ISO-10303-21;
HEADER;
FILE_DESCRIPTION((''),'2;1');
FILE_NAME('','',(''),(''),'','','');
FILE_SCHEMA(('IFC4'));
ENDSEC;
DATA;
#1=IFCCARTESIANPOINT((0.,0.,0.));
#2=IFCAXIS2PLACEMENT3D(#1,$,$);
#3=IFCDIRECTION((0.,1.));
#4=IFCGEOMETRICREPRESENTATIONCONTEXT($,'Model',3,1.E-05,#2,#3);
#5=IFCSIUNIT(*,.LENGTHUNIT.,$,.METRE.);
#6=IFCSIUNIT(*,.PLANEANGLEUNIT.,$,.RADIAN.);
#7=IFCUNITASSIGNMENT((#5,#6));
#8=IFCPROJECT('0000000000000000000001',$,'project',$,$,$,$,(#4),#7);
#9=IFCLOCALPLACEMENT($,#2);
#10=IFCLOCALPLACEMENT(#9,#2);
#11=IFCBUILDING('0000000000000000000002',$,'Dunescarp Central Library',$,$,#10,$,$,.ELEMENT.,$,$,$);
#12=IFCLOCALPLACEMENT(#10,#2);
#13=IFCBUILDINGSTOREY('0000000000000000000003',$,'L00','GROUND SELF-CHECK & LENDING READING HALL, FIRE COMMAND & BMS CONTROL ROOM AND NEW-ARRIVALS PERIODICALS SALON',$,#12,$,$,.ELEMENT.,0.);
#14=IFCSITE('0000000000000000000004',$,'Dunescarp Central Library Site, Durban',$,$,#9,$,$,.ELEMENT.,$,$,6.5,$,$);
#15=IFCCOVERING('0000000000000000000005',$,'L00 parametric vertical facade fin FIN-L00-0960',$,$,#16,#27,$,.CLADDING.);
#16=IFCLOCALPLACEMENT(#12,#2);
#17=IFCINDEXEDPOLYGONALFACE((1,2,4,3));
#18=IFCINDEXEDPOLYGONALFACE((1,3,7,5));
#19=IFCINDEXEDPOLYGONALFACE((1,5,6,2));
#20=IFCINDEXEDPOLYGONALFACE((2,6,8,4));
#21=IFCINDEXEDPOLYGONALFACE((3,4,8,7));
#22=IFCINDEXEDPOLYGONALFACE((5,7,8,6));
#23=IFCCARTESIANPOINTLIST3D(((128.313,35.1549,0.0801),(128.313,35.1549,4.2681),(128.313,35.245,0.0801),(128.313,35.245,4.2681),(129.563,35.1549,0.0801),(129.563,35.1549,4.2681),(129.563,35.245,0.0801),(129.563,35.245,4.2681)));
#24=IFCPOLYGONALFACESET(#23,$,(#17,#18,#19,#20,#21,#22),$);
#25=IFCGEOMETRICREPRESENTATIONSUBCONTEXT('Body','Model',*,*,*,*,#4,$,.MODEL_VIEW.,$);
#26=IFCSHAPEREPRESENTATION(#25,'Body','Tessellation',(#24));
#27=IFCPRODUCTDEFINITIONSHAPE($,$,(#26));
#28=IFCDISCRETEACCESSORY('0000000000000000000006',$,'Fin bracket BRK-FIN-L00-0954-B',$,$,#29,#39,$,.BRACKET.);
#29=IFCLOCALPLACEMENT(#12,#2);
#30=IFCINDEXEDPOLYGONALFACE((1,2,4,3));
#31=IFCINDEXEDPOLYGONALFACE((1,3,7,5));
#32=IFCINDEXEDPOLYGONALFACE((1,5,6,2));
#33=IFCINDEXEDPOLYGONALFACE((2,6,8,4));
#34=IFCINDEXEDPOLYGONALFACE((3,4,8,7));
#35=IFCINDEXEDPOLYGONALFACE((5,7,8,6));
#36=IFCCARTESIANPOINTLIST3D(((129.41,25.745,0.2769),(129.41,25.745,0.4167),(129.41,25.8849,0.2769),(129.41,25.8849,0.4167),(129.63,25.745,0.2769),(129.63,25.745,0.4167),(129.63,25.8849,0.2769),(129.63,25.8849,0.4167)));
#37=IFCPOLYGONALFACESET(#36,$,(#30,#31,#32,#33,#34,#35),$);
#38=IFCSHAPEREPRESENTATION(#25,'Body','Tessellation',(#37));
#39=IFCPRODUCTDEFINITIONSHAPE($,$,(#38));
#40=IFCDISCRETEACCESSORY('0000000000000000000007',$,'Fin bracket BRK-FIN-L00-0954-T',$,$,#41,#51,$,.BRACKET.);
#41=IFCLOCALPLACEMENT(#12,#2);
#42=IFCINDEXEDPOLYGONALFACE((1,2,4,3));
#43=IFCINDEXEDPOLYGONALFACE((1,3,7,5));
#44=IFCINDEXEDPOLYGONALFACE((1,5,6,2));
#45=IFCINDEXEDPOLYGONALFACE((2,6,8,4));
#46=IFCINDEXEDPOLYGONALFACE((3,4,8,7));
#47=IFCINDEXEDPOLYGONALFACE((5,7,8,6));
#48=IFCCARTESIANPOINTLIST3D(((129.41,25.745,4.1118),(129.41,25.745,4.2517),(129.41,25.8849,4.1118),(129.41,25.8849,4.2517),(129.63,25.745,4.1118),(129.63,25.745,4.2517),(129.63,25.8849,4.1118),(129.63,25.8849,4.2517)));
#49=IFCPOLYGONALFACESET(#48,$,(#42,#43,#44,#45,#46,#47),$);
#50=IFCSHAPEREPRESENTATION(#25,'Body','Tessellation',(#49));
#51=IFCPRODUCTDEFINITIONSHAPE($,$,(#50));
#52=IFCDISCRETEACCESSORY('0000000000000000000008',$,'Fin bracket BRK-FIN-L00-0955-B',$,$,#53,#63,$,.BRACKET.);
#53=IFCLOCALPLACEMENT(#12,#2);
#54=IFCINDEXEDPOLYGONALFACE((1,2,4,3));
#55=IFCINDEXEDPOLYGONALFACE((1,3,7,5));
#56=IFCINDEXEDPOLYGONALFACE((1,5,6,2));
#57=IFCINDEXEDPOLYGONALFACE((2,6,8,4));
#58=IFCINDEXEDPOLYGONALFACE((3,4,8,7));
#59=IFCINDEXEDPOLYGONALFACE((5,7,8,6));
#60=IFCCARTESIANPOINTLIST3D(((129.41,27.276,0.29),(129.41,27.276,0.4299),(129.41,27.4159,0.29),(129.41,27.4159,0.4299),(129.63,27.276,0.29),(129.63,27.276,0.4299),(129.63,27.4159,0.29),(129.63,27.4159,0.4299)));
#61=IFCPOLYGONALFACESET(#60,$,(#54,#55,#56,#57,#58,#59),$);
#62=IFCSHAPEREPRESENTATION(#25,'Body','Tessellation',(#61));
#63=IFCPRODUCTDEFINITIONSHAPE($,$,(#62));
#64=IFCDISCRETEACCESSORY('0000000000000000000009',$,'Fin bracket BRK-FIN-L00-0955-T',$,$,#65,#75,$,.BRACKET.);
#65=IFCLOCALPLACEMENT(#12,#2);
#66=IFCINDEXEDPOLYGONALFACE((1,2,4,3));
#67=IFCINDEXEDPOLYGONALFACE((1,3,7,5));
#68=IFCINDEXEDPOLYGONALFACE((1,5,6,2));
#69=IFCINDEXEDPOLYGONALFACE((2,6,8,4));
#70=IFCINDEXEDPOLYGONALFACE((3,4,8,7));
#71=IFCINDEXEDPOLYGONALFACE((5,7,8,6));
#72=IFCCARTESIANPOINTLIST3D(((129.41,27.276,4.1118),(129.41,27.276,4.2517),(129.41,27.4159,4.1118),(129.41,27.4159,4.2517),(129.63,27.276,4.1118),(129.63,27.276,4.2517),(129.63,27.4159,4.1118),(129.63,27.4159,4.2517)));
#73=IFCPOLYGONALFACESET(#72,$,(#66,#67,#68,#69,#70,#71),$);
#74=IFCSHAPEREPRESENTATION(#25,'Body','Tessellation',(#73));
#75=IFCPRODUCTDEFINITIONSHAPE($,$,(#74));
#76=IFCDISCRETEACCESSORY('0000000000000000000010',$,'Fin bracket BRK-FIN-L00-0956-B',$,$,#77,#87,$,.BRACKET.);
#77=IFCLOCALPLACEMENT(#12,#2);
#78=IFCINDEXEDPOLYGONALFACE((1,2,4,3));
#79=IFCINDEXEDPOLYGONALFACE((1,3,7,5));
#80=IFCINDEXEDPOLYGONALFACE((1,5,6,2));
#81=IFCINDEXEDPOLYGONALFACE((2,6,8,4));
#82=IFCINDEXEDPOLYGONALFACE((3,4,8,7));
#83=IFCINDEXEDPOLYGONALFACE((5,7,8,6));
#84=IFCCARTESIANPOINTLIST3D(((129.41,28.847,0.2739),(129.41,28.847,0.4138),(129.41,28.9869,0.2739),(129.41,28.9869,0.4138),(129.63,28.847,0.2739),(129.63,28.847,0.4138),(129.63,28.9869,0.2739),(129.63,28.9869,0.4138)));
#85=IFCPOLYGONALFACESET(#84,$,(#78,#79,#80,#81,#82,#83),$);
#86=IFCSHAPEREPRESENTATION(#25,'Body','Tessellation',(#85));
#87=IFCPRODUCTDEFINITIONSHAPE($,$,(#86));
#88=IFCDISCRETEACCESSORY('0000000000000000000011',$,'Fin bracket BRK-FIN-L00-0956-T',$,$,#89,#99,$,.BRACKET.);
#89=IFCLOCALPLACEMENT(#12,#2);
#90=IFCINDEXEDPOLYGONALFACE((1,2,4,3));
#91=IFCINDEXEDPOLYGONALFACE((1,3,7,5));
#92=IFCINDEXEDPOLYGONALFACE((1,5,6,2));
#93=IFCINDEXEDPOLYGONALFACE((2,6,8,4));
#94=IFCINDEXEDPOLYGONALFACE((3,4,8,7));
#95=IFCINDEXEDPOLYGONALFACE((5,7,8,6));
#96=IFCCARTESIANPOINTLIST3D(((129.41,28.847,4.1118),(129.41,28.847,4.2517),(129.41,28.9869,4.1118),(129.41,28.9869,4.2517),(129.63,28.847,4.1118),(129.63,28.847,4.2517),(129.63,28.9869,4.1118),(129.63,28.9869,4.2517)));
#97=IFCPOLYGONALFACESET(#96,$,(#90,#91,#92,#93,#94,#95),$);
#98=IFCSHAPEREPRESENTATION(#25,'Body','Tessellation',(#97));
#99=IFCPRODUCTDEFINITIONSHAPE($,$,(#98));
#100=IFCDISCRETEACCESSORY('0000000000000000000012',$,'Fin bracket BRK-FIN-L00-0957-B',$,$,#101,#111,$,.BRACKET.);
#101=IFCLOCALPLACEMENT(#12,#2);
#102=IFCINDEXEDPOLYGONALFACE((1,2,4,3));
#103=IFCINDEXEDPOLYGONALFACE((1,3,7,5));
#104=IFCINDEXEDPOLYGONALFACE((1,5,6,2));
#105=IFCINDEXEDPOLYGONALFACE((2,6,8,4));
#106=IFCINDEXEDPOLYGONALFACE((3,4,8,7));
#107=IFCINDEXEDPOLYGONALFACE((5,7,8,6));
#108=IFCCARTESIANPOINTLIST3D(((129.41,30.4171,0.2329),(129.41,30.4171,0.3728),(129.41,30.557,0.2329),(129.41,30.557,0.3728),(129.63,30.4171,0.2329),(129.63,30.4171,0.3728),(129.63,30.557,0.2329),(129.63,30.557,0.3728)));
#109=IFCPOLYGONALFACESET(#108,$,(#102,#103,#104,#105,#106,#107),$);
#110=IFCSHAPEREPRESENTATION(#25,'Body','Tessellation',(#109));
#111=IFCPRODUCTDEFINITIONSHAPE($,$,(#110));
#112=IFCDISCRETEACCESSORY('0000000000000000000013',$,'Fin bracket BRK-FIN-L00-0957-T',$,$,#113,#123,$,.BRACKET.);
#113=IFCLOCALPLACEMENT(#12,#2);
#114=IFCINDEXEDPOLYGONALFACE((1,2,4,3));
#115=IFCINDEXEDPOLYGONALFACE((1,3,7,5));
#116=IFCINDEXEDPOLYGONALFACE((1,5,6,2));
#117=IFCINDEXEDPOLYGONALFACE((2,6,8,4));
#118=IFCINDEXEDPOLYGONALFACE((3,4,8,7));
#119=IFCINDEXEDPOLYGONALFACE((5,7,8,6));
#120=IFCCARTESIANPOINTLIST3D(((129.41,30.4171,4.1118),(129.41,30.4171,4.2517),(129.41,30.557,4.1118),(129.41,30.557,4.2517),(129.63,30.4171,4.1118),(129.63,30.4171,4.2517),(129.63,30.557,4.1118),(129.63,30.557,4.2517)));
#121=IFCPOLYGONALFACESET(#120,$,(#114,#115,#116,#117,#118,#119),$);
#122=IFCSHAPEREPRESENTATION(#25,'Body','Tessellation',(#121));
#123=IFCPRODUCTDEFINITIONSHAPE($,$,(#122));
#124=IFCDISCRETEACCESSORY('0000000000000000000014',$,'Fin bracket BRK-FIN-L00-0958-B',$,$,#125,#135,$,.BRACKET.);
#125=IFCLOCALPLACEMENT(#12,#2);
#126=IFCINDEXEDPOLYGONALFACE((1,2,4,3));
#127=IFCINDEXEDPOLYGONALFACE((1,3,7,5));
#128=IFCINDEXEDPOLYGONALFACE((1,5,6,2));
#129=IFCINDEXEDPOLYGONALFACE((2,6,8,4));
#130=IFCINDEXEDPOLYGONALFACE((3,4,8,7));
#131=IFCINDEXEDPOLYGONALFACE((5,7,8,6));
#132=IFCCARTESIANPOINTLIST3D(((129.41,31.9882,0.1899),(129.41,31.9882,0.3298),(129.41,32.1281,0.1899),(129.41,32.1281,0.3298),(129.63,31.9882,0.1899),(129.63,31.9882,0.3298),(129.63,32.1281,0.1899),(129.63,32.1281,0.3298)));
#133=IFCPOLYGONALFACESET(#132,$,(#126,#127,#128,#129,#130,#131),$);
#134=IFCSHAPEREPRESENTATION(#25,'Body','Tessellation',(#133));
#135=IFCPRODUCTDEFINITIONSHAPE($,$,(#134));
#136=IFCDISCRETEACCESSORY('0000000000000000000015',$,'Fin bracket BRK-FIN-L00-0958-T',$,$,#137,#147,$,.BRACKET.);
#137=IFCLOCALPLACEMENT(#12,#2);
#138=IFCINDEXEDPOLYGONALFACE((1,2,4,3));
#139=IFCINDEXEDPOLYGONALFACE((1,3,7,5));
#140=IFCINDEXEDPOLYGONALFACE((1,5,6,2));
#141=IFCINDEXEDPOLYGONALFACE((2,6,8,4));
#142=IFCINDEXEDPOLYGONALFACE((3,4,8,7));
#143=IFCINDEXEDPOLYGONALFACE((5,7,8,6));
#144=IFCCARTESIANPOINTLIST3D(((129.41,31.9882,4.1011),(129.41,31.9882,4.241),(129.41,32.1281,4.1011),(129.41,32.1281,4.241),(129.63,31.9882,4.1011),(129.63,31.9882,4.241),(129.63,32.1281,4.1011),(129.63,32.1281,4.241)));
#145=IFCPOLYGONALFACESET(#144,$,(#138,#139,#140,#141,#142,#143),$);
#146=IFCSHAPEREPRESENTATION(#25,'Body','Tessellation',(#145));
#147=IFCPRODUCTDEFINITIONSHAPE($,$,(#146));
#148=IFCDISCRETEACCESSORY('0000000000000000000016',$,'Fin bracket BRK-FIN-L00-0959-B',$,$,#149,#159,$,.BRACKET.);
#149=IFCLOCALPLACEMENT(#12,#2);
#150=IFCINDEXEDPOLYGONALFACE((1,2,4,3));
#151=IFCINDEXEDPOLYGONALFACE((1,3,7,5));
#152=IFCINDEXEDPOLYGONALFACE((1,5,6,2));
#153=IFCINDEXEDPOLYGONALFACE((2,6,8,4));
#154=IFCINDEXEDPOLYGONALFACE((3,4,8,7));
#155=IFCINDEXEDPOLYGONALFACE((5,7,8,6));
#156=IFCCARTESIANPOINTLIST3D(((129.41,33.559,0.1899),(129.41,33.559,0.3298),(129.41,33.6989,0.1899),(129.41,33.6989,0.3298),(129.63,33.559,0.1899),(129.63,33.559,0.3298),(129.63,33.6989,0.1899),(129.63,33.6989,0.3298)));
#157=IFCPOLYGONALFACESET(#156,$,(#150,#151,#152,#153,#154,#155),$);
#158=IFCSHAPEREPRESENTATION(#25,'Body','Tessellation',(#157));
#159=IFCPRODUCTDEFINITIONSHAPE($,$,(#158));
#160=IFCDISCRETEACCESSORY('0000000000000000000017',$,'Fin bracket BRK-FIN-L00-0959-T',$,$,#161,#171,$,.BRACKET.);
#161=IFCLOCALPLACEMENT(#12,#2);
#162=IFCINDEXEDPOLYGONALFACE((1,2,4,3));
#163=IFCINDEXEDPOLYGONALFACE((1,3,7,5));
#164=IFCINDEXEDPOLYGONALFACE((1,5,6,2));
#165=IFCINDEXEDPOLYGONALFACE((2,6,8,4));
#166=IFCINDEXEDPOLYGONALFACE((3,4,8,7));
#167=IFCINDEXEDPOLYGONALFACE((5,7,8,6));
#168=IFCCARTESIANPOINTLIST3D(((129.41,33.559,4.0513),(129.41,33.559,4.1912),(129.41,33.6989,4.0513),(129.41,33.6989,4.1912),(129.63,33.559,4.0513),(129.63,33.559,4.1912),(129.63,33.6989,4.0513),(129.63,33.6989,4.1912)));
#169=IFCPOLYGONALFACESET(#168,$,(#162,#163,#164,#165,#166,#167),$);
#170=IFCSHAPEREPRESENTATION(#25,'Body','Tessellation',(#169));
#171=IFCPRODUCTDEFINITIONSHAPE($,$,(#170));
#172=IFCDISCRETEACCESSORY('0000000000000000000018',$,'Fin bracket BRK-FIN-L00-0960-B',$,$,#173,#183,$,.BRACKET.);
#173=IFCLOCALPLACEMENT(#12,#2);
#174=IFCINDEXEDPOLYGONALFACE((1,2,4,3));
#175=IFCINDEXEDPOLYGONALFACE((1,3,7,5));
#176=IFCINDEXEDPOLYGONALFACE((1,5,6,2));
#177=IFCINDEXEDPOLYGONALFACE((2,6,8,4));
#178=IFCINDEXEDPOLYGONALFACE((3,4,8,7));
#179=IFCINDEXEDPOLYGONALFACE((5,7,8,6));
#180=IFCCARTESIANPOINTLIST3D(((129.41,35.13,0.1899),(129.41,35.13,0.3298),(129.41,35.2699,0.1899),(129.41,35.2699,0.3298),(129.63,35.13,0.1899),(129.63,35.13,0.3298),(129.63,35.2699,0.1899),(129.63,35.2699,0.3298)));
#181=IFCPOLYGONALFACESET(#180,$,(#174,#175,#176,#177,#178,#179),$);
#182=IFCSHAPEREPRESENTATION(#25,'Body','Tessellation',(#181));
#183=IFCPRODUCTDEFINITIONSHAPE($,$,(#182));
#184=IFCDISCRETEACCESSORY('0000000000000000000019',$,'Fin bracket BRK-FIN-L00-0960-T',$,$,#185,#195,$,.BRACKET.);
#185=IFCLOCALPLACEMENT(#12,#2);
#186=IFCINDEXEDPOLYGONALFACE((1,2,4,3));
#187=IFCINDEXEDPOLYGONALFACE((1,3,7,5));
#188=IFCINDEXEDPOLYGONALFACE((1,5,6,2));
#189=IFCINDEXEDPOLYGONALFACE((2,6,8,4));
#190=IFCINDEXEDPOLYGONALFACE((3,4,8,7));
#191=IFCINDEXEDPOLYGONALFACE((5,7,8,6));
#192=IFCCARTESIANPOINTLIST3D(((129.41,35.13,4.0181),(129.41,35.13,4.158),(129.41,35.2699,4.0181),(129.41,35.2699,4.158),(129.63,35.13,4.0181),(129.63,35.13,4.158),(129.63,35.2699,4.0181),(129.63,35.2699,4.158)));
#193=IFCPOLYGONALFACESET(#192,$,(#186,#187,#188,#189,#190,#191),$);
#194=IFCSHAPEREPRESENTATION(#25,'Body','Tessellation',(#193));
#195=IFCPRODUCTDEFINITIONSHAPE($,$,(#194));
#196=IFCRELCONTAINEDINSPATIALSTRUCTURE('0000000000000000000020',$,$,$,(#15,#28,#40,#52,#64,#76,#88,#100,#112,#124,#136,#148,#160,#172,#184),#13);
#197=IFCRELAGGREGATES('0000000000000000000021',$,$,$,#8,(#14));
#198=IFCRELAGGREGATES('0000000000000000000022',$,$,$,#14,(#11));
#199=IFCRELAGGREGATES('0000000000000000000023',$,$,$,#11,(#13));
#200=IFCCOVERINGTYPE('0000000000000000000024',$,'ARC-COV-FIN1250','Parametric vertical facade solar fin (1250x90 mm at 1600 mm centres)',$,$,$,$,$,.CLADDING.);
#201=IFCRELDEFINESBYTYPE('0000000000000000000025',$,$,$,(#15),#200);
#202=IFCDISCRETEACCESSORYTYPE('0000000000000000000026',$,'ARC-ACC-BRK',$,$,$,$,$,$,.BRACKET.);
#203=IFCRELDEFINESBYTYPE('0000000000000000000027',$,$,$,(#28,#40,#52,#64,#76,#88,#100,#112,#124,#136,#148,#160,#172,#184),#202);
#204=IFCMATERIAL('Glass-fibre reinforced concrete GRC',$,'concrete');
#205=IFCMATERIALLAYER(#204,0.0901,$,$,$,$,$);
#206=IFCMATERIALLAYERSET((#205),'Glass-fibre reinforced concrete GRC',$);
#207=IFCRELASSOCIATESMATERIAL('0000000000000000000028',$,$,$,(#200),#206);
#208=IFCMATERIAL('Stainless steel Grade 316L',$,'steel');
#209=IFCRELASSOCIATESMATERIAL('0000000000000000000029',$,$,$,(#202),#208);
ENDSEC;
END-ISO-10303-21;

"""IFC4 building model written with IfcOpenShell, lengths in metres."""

from ifc_helpers import new_model, si_unit, direction, frame, origin, origin_2d, place, context, subcontext, project, spatial, rectangle, extrude, material, layer, layer_set, type_object, element, save


model = new_model("IFC4")

# Units and contexts
model_context = context("Model", 3, precision=1e-05, world=origin(), true_north=direction((0.0, 1.0)))
body_context = subcontext(model_context, "Body", "Model", "MODEL_VIEW")
ifc_project = project(units=[si_unit("LENGTHUNIT", "METRE"), si_unit("PLANEANGLEUNIT", "RADIAN")], contexts=[model_context])

# Site, building, storey
site_placement = place(None, origin())
site = spatial("IfcSite", under=ifc_project, at=site_placement, Name="Dunescarp Central Library Site, Durban", CompositionType="ELEMENT", RefElevation=6.5)
building_placement = place(site_placement, origin())
building = spatial("IfcBuilding", under=site, at=building_placement, Name="Dunescarp Central Library", CompositionType="ELEMENT")
storey_placement = place(building_placement, origin())
storey = spatial("IfcBuildingStorey", under=building, at=storey_placement, Name="L00", Description="GROUND SELF-CHECK & LENDING READING HALL, FIRE COMMAND & BMS CONTROL ROOM AND NEW-ARRIVALS PERIODICALS SALON", CompositionType="ELEMENT", Elevation=0.0)

# Shared definitions
ifc_material_1 = material(Name="Glass-fibre reinforced concrete GRC", Category="concrete")

# Covering
ifc_layer_1 = layer(ifc_material_1, 0.0901)
ifc_layer_set_1 = layer_set([ifc_layer_1], Name="Glass-fibre reinforced concrete GRC")
covering_type = type_object("IfcCoveringType", Name="ARC-COV-FIN1250", Description="Parametric vertical facade solar fin (1250x90 mm at 1600 mm centres)", PredefinedType="CLADDING", material=ifc_layer_set_1)
covering_1_placement = place(storey_placement, frame((128.938, 35.2, 0.0801), z_axis=(0.0, 0.0, 1.0), x_axis=(-1.0, 0.0, 0.0)))
element("IfcCovering", 1, at=covering_1_placement, inside=storey, type_object=covering_type, Name="L00 parametric vertical facade fin FIN-L00-0960", PredefinedType="CLADDING", context=body_context, shape_type="SweptSolid", body=[
    extrude(rectangle(XDim=1.25, YDim=0.0901, at=origin_2d()), origin(), (0.0, 0.0, 1.0), 4.188),
])

# Discrete accessories
ifc_material_2 = material(Name="Stainless steel Grade 316L", Category="steel")
discrete_accessory_type = type_object("IfcDiscreteAccessoryType", Name="ARC-ACC-BRK", PredefinedType="BRACKET", material=ifc_material_2)
for number, where, z_axis, x_axis, name in (
    (2, (129.52, 25.8149, 0.2769), (0.0, 0.0, 1.0), (-1.0, 0.0, 0.0), "Fin bracket BRK-FIN-L00-0954-B"),
    (3, (129.52, 25.8149, 4.1118), (0.0, 0.0, 1.0), (-1.0, 0.0, 0.0), "Fin bracket BRK-FIN-L00-0954-T"),
    (4, (129.52, 27.3459, 0.29), (0.0, 0.0, 1.0), (-1.0, 0.0, 0.0), "Fin bracket BRK-FIN-L00-0955-B"),
    (5, (129.52, 27.3459, 4.1118), (0.0, 0.0, 1.0), (-1.0, 0.0, 0.0), "Fin bracket BRK-FIN-L00-0955-T"),
    (6, (129.52, 28.917, 0.2739), (0.0, 0.0, 1.0), (-1.0, 0.0, 0.0), "Fin bracket BRK-FIN-L00-0956-B"),
    (7, (129.52, 28.917, 4.1118), (0.0, 0.0, 1.0), (-1.0, 0.0, 0.0), "Fin bracket BRK-FIN-L00-0956-T"),
    (8, (129.52, 30.4871, 0.2329), (0.0, 0.0, 1.0), (-1.0, 0.0, 0.0), "Fin bracket BRK-FIN-L00-0957-B"),
    (9, (129.52, 30.4871, 4.1118), (0.0, 0.0, 1.0), (-1.0, 0.0, 0.0), "Fin bracket BRK-FIN-L00-0957-T"),
    (10, (129.52, 32.0581, 0.1899), (0.0, 0.0, 1.0), (-1.0, 0.0, 0.0), "Fin bracket BRK-FIN-L00-0958-B"),
    (11, (129.52, 32.0581, 4.1011), (0.0, 0.0, 1.0), (-1.0, 0.0, 0.0), "Fin bracket BRK-FIN-L00-0958-T"),
    (12, (129.52, 33.6289, 0.1899), (0.0, 0.0, 1.0), (-1.0, 0.0, 0.0), "Fin bracket BRK-FIN-L00-0959-B"),
    (13, (129.52, 33.6289, 4.0513), (0.0, 0.0, 1.0), (-1.0, 0.0, 0.0), "Fin bracket BRK-FIN-L00-0959-T"),
    (14, (129.52, 35.2, 0.1899), (0.0, 0.0, 1.0), (-1.0, 0.0, 0.0), "Fin bracket BRK-FIN-L00-0960-B"),
    (15, (129.52, 35.2, 4.0181), (0.0, 0.0, 1.0), (-1.0, 0.0, 0.0), "Fin bracket BRK-FIN-L00-0960-T"),
):
    element("IfcDiscreteAccessory", number, at=place(storey_placement, frame(where, z_axis=z_axis, x_axis=x_axis)), inside=storey, type_object=discrete_accessory_type, Name=name, PredefinedType="BRACKET", context=body_context, shape_type="SweptSolid", body=[
        extrude(rectangle(XDim=0.22, YDim=0.1399, at=origin_2d()), origin(), (0.0, 0.0, 1.0), 0.1399),
    ])

save(model, "model.ifc")
